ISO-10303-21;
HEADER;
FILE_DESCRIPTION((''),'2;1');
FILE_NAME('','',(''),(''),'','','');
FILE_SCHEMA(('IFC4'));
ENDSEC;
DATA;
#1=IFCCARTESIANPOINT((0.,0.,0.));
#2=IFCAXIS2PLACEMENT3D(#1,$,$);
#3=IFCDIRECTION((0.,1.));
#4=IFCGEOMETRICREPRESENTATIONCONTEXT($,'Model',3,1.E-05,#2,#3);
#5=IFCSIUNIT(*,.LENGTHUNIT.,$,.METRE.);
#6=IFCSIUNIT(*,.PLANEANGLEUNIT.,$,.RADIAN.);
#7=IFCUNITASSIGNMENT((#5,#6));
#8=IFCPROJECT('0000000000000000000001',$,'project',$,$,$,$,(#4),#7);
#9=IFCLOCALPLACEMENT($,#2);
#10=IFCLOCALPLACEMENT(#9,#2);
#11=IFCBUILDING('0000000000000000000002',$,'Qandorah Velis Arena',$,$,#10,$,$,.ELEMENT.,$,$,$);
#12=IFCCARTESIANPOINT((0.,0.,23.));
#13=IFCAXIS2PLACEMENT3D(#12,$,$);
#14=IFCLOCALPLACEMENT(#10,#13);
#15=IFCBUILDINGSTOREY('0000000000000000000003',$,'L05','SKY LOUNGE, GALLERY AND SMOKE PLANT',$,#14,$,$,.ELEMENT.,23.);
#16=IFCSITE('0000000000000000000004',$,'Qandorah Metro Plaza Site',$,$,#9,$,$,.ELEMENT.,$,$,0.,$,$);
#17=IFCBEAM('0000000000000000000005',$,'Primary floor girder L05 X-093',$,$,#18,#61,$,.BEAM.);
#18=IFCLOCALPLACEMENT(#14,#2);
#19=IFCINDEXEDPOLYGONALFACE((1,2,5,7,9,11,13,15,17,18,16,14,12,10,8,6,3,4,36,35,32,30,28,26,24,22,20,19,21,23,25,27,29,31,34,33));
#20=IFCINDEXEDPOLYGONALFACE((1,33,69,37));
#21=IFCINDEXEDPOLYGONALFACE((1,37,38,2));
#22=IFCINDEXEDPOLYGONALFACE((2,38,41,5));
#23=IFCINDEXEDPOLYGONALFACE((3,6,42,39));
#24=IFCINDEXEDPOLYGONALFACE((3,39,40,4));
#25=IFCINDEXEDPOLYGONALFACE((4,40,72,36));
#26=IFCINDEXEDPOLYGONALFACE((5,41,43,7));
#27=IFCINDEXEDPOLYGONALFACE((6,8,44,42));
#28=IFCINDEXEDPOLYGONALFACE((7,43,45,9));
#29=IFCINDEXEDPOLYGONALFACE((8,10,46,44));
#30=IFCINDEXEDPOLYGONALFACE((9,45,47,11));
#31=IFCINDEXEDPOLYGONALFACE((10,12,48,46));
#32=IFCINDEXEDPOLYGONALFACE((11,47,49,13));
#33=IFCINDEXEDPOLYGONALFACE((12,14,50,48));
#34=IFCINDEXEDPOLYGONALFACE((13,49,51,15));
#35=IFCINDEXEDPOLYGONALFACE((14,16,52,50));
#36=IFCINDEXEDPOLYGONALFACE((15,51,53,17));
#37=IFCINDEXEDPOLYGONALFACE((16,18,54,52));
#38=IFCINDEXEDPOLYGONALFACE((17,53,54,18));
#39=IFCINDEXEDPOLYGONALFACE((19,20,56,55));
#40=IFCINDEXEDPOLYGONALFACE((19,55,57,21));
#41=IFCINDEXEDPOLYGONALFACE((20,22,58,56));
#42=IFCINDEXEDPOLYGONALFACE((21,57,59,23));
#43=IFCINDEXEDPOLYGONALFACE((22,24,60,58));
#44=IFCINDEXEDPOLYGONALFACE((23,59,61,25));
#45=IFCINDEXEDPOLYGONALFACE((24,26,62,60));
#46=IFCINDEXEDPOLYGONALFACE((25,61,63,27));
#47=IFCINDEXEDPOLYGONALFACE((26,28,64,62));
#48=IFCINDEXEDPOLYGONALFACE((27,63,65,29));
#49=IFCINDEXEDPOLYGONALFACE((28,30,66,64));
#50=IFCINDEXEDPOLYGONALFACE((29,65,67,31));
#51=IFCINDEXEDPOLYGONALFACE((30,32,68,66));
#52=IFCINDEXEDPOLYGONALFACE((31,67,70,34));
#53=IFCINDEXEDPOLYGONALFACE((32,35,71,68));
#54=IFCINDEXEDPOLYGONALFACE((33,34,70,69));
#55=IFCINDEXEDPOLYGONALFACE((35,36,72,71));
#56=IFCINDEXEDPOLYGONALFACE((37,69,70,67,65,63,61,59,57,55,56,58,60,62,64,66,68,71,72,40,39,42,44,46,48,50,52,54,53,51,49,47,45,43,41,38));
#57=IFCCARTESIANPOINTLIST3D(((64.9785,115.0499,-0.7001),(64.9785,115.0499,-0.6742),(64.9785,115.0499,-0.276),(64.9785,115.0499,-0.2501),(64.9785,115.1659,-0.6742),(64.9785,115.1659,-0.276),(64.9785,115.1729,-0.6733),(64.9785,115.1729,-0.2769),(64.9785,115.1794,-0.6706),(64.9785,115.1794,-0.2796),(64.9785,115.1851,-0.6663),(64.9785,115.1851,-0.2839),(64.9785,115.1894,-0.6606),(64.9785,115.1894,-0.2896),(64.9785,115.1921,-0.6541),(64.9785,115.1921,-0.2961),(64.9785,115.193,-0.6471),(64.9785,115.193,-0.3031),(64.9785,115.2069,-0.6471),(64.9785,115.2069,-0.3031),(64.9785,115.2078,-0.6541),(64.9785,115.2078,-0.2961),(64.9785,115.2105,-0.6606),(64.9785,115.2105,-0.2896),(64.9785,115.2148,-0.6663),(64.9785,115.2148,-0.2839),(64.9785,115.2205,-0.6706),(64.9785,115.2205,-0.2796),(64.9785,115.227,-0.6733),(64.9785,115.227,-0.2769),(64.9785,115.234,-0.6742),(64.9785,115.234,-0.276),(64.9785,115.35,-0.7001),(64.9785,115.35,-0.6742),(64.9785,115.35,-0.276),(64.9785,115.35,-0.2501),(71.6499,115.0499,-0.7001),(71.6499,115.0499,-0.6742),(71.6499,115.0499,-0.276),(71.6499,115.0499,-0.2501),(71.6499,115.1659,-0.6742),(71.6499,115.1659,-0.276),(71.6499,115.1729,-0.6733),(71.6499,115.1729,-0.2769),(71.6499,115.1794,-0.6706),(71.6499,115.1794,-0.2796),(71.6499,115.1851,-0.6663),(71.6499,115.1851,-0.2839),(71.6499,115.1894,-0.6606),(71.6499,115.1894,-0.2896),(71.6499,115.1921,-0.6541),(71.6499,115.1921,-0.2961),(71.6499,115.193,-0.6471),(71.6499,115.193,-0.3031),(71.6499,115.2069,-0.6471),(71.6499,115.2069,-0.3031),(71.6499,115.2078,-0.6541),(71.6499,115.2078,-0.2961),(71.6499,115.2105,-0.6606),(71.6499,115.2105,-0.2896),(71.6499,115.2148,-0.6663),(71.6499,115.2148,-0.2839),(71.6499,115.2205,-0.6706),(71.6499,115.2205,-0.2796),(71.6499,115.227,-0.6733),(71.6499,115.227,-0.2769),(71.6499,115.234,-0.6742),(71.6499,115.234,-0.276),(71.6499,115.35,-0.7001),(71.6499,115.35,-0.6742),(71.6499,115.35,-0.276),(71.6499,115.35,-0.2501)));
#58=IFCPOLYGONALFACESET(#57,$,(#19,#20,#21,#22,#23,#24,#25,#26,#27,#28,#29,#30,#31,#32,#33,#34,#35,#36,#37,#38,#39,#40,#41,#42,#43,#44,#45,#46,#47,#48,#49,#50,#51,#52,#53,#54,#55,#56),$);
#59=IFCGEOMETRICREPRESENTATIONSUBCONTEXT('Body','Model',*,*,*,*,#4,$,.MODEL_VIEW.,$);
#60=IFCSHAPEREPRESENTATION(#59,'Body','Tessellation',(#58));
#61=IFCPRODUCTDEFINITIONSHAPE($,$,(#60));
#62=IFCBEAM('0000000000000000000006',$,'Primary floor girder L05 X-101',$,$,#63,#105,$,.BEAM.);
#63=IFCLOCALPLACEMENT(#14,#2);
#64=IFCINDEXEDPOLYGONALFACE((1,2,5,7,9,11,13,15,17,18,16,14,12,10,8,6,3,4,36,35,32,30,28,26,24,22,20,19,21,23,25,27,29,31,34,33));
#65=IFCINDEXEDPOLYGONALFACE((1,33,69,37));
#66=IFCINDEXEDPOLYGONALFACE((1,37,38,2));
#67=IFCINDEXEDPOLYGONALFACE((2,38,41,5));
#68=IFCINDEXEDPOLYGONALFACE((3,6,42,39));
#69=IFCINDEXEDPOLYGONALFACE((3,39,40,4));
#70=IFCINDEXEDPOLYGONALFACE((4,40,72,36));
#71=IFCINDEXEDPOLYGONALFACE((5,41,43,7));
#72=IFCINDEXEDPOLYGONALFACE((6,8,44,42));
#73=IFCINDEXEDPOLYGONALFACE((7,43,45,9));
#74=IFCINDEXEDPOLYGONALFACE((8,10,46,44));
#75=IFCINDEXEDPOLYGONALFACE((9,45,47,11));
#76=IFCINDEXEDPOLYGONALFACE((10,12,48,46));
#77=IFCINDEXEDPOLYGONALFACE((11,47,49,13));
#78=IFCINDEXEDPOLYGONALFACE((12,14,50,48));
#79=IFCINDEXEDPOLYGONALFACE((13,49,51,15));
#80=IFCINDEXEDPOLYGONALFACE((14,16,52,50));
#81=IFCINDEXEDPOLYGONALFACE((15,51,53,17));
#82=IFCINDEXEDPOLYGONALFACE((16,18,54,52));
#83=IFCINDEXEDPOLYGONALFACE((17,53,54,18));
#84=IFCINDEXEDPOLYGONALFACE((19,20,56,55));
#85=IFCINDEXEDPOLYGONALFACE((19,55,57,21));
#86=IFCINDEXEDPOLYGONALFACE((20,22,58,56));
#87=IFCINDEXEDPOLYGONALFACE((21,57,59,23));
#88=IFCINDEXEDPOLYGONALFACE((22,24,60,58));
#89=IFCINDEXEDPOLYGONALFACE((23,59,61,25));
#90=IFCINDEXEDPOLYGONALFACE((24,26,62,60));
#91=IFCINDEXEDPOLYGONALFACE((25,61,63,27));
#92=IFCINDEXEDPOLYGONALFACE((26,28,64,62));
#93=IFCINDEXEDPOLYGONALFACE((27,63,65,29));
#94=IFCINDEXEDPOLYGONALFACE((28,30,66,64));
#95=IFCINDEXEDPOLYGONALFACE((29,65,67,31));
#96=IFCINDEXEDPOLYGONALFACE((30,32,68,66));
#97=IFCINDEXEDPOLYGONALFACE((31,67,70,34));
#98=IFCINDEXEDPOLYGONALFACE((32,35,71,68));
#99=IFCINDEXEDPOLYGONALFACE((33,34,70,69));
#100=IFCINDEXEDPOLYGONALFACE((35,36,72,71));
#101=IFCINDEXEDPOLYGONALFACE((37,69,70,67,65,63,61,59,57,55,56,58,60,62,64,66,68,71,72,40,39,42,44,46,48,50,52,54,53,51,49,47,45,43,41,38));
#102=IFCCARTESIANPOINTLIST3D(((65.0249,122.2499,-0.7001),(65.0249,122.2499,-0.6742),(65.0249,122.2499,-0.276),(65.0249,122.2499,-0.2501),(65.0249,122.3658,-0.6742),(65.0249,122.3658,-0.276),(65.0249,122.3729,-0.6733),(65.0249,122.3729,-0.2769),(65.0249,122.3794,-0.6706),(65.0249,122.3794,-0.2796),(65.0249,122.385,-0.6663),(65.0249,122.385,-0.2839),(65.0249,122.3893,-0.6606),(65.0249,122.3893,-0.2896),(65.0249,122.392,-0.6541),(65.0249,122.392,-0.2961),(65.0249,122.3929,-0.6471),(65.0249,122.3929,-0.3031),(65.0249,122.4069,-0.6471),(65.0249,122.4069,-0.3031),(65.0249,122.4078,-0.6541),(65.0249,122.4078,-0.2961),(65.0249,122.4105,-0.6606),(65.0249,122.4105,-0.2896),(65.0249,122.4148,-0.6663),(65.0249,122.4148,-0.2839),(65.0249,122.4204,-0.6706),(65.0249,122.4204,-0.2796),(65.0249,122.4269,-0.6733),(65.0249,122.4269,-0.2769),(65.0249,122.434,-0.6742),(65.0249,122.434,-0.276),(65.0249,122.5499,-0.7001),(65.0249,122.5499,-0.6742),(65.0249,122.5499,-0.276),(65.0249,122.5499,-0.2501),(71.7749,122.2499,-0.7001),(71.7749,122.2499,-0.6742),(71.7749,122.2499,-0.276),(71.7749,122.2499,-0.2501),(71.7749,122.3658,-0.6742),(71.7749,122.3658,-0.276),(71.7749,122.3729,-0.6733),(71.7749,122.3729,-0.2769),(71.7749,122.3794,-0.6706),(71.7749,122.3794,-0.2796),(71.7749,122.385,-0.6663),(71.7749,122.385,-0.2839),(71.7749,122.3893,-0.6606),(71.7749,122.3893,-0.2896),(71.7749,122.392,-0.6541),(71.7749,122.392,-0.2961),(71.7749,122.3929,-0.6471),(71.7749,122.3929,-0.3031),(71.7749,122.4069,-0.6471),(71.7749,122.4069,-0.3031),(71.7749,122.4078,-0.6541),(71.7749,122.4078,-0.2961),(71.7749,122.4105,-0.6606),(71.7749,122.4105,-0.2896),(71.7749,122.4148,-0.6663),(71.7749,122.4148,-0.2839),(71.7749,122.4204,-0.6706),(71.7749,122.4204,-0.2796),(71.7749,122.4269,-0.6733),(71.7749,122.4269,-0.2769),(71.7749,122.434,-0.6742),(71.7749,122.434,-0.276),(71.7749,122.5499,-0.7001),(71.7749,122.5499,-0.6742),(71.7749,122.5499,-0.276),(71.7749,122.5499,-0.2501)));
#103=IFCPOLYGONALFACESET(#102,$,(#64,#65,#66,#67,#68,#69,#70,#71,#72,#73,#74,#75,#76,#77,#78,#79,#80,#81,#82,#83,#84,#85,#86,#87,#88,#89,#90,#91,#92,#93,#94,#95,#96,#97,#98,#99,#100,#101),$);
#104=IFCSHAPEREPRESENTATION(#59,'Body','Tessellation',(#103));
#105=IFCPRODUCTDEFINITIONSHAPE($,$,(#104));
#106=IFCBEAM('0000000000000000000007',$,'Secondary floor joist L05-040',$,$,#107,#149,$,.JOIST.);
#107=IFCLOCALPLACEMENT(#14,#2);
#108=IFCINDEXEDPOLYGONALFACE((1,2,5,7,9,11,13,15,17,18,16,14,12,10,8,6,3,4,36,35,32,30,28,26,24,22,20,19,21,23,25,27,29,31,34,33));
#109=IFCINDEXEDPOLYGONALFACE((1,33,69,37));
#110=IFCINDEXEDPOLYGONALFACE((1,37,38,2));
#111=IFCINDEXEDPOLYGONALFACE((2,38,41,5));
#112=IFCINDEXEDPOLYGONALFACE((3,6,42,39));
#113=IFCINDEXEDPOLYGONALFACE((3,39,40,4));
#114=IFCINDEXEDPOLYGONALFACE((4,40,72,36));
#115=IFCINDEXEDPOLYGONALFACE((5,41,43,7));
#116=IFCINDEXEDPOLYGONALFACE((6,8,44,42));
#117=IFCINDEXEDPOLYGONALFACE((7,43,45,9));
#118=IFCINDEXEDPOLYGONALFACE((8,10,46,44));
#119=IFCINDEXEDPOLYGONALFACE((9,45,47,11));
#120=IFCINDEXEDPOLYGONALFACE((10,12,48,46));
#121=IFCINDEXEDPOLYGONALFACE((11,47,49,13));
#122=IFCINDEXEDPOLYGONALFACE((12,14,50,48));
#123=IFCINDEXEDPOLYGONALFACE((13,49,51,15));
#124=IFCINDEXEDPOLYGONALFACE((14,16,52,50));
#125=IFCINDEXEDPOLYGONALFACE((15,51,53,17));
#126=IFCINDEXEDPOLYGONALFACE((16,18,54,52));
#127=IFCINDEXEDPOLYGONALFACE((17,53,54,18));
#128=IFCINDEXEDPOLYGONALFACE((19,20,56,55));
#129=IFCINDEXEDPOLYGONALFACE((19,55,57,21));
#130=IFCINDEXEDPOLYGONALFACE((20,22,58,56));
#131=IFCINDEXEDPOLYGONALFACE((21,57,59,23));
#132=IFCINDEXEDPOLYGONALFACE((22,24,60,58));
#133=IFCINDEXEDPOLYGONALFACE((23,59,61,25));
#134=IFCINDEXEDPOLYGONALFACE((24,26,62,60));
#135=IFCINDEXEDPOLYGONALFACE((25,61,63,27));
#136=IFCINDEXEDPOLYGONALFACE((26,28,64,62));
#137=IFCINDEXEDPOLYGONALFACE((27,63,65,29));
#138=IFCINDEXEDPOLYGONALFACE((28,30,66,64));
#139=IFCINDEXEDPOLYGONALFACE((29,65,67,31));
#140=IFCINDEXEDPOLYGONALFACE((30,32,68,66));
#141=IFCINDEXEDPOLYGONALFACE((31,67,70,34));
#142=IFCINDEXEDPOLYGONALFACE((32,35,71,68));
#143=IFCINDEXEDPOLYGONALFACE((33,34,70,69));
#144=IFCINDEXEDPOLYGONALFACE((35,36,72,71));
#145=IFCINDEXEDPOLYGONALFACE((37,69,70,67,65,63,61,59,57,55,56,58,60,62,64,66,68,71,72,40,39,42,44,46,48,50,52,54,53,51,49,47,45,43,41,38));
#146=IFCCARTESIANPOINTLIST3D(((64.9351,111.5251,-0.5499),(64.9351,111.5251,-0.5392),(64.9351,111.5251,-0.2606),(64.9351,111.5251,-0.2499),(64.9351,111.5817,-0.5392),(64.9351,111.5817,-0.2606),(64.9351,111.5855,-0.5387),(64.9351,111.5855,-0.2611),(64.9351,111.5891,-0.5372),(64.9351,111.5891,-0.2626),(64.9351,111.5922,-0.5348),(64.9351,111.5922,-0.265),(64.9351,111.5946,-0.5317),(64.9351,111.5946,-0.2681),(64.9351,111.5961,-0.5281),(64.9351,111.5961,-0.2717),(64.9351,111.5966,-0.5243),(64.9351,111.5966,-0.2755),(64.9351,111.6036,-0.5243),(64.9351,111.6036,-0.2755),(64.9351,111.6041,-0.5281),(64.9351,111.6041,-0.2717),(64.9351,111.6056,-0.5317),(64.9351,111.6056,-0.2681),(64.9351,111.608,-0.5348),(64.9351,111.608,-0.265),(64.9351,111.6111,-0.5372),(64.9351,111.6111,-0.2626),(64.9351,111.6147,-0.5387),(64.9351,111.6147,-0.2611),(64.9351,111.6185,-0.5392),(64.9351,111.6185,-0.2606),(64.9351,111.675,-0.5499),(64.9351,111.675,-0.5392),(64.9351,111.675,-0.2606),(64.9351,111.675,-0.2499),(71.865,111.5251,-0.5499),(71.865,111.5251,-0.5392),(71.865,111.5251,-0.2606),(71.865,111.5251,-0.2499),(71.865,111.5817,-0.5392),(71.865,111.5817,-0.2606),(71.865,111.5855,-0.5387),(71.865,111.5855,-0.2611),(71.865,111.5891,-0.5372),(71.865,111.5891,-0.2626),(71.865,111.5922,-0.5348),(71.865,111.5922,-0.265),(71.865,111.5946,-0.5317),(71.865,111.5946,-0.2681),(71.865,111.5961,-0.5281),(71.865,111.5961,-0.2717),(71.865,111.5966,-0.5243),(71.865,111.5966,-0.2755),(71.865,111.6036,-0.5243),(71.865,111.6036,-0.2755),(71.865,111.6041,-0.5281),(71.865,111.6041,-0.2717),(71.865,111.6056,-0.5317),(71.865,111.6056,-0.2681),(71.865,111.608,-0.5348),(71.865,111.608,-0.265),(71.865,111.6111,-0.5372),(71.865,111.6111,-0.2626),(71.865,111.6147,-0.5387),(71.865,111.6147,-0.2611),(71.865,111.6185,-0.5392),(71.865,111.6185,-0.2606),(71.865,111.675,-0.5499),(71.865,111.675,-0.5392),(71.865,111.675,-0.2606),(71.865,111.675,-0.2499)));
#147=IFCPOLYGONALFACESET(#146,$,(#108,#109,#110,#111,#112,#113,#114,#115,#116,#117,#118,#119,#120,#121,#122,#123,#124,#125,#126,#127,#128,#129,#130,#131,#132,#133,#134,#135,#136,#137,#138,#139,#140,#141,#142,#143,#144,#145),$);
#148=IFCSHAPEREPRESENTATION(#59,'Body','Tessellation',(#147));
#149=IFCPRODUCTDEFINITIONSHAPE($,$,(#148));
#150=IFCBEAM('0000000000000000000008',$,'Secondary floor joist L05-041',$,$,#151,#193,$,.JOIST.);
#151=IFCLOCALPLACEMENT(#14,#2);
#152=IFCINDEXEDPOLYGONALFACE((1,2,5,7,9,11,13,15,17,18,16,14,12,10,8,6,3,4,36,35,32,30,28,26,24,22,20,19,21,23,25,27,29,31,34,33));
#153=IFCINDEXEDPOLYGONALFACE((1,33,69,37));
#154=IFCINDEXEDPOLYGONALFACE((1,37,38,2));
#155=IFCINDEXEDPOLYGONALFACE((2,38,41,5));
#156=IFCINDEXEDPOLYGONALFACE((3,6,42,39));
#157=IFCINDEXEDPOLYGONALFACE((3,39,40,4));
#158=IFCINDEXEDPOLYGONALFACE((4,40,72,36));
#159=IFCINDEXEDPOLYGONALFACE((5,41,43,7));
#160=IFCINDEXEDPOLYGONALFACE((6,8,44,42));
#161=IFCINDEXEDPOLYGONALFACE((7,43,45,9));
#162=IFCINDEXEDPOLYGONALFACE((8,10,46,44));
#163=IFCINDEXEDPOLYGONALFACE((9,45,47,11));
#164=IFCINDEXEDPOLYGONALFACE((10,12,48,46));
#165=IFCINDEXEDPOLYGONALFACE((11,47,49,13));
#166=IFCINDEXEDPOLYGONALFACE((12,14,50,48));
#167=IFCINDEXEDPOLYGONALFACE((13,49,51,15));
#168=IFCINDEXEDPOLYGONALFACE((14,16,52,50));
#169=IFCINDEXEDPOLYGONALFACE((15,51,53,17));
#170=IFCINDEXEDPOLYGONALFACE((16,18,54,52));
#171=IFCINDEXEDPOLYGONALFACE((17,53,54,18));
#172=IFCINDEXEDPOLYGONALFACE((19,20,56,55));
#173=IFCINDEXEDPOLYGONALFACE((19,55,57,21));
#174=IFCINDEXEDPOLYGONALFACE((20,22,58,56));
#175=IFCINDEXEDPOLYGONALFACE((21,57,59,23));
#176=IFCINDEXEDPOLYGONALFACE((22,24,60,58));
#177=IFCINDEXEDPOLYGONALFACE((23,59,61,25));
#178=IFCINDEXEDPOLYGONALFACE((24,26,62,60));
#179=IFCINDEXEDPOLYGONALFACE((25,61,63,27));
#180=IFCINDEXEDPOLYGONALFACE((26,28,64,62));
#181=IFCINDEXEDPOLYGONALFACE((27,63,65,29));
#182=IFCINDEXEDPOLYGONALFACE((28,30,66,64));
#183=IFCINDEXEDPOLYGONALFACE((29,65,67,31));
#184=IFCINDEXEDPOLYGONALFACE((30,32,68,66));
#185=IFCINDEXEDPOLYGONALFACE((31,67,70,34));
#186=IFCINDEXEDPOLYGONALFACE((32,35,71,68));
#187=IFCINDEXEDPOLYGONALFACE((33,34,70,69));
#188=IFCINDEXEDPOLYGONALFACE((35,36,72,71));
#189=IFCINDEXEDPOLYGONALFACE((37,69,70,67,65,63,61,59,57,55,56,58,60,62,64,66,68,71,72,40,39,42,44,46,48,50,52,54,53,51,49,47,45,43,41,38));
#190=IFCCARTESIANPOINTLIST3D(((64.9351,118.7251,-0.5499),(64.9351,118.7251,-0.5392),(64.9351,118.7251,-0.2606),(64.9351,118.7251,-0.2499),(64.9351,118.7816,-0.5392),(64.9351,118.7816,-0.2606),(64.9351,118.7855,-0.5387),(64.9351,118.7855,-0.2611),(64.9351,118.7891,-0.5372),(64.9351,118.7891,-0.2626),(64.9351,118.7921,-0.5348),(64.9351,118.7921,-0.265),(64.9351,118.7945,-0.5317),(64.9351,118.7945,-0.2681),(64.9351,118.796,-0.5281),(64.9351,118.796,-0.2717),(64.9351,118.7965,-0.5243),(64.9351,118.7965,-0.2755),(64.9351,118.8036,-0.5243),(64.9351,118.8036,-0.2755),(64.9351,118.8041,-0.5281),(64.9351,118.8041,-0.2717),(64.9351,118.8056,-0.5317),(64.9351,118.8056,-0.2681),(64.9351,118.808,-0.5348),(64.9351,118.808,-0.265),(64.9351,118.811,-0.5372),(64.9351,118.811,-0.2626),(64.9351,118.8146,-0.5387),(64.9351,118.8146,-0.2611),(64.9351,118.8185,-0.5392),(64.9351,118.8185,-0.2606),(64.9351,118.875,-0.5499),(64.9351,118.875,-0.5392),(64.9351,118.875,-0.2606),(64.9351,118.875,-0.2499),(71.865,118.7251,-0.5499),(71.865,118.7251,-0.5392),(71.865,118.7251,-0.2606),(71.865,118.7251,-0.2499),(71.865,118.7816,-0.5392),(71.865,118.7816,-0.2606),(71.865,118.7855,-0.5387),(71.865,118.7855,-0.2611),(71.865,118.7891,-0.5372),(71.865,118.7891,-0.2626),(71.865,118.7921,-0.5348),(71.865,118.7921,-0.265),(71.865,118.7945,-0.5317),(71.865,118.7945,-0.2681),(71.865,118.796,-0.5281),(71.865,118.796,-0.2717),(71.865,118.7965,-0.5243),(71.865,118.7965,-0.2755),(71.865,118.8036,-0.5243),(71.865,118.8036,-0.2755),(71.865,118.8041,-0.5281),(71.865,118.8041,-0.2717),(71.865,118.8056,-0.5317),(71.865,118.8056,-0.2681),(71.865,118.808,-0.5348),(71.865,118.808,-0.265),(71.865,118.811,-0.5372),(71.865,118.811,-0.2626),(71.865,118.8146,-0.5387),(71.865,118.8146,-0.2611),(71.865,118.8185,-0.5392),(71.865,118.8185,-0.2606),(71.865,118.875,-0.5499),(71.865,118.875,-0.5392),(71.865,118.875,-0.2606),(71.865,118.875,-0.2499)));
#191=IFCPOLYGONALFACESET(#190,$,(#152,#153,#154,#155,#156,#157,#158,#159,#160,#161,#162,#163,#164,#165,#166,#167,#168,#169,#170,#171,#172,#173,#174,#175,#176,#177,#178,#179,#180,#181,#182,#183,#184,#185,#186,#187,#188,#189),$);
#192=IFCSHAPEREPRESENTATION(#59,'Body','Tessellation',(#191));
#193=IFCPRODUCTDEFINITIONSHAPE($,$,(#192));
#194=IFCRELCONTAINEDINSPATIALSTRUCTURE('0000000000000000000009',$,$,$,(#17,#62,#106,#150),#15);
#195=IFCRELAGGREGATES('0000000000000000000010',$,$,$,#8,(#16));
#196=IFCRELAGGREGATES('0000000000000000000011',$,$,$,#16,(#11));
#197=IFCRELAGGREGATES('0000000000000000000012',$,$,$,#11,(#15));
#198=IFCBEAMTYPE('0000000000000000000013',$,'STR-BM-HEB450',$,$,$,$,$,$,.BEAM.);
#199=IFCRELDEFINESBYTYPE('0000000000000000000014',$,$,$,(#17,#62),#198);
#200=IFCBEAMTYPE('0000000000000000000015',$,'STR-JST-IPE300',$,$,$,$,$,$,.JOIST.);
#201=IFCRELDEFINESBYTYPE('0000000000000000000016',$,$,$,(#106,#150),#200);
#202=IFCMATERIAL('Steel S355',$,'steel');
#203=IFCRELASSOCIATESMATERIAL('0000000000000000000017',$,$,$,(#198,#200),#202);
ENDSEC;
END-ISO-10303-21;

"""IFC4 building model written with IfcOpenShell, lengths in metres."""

from ifc_helpers import new_model, si_unit, direction, frame, origin, origin_2d, place, context, subcontext, project, spatial, i_section, extrude, material, material_profile, profile_set, type_object, element, save


model = new_model("IFC4")

# Units and contexts
model_context = context("Model", 3, precision=1e-05, world=origin(), true_north=direction((0.0, 1.0)))
body_context = subcontext(model_context, "Body", "Model", "MODEL_VIEW")
ifc_project = project(units=[si_unit("LENGTHUNIT", "METRE"), si_unit("PLANEANGLEUNIT", "RADIAN")], contexts=[model_context])

# Site, building, storey
site_placement = place(None, origin())
site = spatial("IfcSite", under=ifc_project, at=site_placement, Name="Qandorah Metro Plaza Site", CompositionType="ELEMENT", RefElevation=0.0)
building_placement = place(site_placement, origin())
building = spatial("IfcBuilding", under=site, at=building_placement, Name="Qandorah Velis Arena", CompositionType="ELEMENT")
storey_placement = place(building_placement, frame((0.0, 0.0, 23.0)))
storey = spatial("IfcBuildingStorey", under=building, at=storey_placement, Name="L05", Description="SKY LOUNGE, GALLERY AND SMOKE PLANT", CompositionType="ELEMENT", Elevation=23.0)

# Beams
ifc_material_1 = material(Name="Steel S355", Category="steel")
ifc_material_profile_1 = material_profile(ifc_material_1, i_section(OverallWidth=0.3, OverallDepth=0.45, WebThickness=0.0139, FlangeThickness=0.0259, FilletRadius=0.0271, at=origin_2d()), Name="HEB 450")
ifc_profile_set_1 = profile_set([ifc_material_profile_1], Name="Steel S355")
beam_type_1 = type_object("IfcBeamType", Name="STR-BM-HEB450", PredefinedType="BEAM", material=ifc_profile_set_1)
beam_1_placement = place(storey_placement, frame((64.9785, 115.2, -0.4751), z_axis=(1.0, 0.0, 0.0), x_axis=(0.0, 1.0, 0.0)))
element("IfcBeam", 1, at=beam_1_placement, inside=storey, type_object=beam_type_1, Name="Primary floor girder L05 X-093", PredefinedType="BEAM", context=body_context, shape_type="SweptSolid", body=[
    extrude(i_section(OverallWidth=0.3, OverallDepth=0.45, WebThickness=0.0139, FlangeThickness=0.0259, FilletRadius=0.0271, at=origin_2d()), origin(), (0.0, 0.0, 1.0), 6.6714),
])
beam_2_placement = place(storey_placement, frame((65.0249, 122.3999, -0.4751), z_axis=(1.0, 0.0, 0.0), x_axis=(0.0, 1.0, 0.0)))
element("IfcBeam", 2, at=beam_2_placement, inside=storey, type_object=beam_type_1, Name="Primary floor girder L05 X-101", PredefinedType="BEAM", context=body_context, shape_type="SweptSolid", body=[
    extrude(i_section(OverallWidth=0.3, OverallDepth=0.45, WebThickness=0.0139, FlangeThickness=0.0259, FilletRadius=0.0271, at=origin_2d()), origin(), (0.0, 0.0, 1.0), 6.75),
])
ifc_material_profile_2 = material_profile(ifc_material_1, i_section(OverallWidth=0.1499, OverallDepth=0.3, WebThickness=0.0071, FlangeThickness=0.0107, FilletRadius=0.0149, at=origin_2d()), Name="IPE 300")
ifc_profile_set_2 = profile_set([ifc_material_profile_2], Name="Steel S355")
beam_type_2 = type_object("IfcBeamType", Name="STR-JST-IPE300", PredefinedType="JOIST", material=ifc_profile_set_2)
for number, where, z_axis, x_axis, name in (
    (3, (64.9351, 111.6001, -0.3999), (1.0, 0.0, 0.0), (0.0, 1.0, 0.0), "Secondary floor joist L05-040"),
    (4, (64.9351, 118.8, -0.3999), (1.0, 0.0, 0.0), (0.0, 1.0, 0.0), "Secondary floor joist L05-041"),
):
    element("IfcBeam", number, at=place(storey_placement, frame(where, z_axis=z_axis, x_axis=x_axis)), inside=storey, type_object=beam_type_2, Name=name, PredefinedType="JOIST", context=body_context, shape_type="SweptSolid", body=[
        extrude(i_section(OverallWidth=0.1499, OverallDepth=0.3, WebThickness=0.0071, FlangeThickness=0.0107, FilletRadius=0.0149, at=origin_2d()), origin(), (0.0, 0.0, 1.0), 6.9299),
    ])

save(model, "model.ifc")
